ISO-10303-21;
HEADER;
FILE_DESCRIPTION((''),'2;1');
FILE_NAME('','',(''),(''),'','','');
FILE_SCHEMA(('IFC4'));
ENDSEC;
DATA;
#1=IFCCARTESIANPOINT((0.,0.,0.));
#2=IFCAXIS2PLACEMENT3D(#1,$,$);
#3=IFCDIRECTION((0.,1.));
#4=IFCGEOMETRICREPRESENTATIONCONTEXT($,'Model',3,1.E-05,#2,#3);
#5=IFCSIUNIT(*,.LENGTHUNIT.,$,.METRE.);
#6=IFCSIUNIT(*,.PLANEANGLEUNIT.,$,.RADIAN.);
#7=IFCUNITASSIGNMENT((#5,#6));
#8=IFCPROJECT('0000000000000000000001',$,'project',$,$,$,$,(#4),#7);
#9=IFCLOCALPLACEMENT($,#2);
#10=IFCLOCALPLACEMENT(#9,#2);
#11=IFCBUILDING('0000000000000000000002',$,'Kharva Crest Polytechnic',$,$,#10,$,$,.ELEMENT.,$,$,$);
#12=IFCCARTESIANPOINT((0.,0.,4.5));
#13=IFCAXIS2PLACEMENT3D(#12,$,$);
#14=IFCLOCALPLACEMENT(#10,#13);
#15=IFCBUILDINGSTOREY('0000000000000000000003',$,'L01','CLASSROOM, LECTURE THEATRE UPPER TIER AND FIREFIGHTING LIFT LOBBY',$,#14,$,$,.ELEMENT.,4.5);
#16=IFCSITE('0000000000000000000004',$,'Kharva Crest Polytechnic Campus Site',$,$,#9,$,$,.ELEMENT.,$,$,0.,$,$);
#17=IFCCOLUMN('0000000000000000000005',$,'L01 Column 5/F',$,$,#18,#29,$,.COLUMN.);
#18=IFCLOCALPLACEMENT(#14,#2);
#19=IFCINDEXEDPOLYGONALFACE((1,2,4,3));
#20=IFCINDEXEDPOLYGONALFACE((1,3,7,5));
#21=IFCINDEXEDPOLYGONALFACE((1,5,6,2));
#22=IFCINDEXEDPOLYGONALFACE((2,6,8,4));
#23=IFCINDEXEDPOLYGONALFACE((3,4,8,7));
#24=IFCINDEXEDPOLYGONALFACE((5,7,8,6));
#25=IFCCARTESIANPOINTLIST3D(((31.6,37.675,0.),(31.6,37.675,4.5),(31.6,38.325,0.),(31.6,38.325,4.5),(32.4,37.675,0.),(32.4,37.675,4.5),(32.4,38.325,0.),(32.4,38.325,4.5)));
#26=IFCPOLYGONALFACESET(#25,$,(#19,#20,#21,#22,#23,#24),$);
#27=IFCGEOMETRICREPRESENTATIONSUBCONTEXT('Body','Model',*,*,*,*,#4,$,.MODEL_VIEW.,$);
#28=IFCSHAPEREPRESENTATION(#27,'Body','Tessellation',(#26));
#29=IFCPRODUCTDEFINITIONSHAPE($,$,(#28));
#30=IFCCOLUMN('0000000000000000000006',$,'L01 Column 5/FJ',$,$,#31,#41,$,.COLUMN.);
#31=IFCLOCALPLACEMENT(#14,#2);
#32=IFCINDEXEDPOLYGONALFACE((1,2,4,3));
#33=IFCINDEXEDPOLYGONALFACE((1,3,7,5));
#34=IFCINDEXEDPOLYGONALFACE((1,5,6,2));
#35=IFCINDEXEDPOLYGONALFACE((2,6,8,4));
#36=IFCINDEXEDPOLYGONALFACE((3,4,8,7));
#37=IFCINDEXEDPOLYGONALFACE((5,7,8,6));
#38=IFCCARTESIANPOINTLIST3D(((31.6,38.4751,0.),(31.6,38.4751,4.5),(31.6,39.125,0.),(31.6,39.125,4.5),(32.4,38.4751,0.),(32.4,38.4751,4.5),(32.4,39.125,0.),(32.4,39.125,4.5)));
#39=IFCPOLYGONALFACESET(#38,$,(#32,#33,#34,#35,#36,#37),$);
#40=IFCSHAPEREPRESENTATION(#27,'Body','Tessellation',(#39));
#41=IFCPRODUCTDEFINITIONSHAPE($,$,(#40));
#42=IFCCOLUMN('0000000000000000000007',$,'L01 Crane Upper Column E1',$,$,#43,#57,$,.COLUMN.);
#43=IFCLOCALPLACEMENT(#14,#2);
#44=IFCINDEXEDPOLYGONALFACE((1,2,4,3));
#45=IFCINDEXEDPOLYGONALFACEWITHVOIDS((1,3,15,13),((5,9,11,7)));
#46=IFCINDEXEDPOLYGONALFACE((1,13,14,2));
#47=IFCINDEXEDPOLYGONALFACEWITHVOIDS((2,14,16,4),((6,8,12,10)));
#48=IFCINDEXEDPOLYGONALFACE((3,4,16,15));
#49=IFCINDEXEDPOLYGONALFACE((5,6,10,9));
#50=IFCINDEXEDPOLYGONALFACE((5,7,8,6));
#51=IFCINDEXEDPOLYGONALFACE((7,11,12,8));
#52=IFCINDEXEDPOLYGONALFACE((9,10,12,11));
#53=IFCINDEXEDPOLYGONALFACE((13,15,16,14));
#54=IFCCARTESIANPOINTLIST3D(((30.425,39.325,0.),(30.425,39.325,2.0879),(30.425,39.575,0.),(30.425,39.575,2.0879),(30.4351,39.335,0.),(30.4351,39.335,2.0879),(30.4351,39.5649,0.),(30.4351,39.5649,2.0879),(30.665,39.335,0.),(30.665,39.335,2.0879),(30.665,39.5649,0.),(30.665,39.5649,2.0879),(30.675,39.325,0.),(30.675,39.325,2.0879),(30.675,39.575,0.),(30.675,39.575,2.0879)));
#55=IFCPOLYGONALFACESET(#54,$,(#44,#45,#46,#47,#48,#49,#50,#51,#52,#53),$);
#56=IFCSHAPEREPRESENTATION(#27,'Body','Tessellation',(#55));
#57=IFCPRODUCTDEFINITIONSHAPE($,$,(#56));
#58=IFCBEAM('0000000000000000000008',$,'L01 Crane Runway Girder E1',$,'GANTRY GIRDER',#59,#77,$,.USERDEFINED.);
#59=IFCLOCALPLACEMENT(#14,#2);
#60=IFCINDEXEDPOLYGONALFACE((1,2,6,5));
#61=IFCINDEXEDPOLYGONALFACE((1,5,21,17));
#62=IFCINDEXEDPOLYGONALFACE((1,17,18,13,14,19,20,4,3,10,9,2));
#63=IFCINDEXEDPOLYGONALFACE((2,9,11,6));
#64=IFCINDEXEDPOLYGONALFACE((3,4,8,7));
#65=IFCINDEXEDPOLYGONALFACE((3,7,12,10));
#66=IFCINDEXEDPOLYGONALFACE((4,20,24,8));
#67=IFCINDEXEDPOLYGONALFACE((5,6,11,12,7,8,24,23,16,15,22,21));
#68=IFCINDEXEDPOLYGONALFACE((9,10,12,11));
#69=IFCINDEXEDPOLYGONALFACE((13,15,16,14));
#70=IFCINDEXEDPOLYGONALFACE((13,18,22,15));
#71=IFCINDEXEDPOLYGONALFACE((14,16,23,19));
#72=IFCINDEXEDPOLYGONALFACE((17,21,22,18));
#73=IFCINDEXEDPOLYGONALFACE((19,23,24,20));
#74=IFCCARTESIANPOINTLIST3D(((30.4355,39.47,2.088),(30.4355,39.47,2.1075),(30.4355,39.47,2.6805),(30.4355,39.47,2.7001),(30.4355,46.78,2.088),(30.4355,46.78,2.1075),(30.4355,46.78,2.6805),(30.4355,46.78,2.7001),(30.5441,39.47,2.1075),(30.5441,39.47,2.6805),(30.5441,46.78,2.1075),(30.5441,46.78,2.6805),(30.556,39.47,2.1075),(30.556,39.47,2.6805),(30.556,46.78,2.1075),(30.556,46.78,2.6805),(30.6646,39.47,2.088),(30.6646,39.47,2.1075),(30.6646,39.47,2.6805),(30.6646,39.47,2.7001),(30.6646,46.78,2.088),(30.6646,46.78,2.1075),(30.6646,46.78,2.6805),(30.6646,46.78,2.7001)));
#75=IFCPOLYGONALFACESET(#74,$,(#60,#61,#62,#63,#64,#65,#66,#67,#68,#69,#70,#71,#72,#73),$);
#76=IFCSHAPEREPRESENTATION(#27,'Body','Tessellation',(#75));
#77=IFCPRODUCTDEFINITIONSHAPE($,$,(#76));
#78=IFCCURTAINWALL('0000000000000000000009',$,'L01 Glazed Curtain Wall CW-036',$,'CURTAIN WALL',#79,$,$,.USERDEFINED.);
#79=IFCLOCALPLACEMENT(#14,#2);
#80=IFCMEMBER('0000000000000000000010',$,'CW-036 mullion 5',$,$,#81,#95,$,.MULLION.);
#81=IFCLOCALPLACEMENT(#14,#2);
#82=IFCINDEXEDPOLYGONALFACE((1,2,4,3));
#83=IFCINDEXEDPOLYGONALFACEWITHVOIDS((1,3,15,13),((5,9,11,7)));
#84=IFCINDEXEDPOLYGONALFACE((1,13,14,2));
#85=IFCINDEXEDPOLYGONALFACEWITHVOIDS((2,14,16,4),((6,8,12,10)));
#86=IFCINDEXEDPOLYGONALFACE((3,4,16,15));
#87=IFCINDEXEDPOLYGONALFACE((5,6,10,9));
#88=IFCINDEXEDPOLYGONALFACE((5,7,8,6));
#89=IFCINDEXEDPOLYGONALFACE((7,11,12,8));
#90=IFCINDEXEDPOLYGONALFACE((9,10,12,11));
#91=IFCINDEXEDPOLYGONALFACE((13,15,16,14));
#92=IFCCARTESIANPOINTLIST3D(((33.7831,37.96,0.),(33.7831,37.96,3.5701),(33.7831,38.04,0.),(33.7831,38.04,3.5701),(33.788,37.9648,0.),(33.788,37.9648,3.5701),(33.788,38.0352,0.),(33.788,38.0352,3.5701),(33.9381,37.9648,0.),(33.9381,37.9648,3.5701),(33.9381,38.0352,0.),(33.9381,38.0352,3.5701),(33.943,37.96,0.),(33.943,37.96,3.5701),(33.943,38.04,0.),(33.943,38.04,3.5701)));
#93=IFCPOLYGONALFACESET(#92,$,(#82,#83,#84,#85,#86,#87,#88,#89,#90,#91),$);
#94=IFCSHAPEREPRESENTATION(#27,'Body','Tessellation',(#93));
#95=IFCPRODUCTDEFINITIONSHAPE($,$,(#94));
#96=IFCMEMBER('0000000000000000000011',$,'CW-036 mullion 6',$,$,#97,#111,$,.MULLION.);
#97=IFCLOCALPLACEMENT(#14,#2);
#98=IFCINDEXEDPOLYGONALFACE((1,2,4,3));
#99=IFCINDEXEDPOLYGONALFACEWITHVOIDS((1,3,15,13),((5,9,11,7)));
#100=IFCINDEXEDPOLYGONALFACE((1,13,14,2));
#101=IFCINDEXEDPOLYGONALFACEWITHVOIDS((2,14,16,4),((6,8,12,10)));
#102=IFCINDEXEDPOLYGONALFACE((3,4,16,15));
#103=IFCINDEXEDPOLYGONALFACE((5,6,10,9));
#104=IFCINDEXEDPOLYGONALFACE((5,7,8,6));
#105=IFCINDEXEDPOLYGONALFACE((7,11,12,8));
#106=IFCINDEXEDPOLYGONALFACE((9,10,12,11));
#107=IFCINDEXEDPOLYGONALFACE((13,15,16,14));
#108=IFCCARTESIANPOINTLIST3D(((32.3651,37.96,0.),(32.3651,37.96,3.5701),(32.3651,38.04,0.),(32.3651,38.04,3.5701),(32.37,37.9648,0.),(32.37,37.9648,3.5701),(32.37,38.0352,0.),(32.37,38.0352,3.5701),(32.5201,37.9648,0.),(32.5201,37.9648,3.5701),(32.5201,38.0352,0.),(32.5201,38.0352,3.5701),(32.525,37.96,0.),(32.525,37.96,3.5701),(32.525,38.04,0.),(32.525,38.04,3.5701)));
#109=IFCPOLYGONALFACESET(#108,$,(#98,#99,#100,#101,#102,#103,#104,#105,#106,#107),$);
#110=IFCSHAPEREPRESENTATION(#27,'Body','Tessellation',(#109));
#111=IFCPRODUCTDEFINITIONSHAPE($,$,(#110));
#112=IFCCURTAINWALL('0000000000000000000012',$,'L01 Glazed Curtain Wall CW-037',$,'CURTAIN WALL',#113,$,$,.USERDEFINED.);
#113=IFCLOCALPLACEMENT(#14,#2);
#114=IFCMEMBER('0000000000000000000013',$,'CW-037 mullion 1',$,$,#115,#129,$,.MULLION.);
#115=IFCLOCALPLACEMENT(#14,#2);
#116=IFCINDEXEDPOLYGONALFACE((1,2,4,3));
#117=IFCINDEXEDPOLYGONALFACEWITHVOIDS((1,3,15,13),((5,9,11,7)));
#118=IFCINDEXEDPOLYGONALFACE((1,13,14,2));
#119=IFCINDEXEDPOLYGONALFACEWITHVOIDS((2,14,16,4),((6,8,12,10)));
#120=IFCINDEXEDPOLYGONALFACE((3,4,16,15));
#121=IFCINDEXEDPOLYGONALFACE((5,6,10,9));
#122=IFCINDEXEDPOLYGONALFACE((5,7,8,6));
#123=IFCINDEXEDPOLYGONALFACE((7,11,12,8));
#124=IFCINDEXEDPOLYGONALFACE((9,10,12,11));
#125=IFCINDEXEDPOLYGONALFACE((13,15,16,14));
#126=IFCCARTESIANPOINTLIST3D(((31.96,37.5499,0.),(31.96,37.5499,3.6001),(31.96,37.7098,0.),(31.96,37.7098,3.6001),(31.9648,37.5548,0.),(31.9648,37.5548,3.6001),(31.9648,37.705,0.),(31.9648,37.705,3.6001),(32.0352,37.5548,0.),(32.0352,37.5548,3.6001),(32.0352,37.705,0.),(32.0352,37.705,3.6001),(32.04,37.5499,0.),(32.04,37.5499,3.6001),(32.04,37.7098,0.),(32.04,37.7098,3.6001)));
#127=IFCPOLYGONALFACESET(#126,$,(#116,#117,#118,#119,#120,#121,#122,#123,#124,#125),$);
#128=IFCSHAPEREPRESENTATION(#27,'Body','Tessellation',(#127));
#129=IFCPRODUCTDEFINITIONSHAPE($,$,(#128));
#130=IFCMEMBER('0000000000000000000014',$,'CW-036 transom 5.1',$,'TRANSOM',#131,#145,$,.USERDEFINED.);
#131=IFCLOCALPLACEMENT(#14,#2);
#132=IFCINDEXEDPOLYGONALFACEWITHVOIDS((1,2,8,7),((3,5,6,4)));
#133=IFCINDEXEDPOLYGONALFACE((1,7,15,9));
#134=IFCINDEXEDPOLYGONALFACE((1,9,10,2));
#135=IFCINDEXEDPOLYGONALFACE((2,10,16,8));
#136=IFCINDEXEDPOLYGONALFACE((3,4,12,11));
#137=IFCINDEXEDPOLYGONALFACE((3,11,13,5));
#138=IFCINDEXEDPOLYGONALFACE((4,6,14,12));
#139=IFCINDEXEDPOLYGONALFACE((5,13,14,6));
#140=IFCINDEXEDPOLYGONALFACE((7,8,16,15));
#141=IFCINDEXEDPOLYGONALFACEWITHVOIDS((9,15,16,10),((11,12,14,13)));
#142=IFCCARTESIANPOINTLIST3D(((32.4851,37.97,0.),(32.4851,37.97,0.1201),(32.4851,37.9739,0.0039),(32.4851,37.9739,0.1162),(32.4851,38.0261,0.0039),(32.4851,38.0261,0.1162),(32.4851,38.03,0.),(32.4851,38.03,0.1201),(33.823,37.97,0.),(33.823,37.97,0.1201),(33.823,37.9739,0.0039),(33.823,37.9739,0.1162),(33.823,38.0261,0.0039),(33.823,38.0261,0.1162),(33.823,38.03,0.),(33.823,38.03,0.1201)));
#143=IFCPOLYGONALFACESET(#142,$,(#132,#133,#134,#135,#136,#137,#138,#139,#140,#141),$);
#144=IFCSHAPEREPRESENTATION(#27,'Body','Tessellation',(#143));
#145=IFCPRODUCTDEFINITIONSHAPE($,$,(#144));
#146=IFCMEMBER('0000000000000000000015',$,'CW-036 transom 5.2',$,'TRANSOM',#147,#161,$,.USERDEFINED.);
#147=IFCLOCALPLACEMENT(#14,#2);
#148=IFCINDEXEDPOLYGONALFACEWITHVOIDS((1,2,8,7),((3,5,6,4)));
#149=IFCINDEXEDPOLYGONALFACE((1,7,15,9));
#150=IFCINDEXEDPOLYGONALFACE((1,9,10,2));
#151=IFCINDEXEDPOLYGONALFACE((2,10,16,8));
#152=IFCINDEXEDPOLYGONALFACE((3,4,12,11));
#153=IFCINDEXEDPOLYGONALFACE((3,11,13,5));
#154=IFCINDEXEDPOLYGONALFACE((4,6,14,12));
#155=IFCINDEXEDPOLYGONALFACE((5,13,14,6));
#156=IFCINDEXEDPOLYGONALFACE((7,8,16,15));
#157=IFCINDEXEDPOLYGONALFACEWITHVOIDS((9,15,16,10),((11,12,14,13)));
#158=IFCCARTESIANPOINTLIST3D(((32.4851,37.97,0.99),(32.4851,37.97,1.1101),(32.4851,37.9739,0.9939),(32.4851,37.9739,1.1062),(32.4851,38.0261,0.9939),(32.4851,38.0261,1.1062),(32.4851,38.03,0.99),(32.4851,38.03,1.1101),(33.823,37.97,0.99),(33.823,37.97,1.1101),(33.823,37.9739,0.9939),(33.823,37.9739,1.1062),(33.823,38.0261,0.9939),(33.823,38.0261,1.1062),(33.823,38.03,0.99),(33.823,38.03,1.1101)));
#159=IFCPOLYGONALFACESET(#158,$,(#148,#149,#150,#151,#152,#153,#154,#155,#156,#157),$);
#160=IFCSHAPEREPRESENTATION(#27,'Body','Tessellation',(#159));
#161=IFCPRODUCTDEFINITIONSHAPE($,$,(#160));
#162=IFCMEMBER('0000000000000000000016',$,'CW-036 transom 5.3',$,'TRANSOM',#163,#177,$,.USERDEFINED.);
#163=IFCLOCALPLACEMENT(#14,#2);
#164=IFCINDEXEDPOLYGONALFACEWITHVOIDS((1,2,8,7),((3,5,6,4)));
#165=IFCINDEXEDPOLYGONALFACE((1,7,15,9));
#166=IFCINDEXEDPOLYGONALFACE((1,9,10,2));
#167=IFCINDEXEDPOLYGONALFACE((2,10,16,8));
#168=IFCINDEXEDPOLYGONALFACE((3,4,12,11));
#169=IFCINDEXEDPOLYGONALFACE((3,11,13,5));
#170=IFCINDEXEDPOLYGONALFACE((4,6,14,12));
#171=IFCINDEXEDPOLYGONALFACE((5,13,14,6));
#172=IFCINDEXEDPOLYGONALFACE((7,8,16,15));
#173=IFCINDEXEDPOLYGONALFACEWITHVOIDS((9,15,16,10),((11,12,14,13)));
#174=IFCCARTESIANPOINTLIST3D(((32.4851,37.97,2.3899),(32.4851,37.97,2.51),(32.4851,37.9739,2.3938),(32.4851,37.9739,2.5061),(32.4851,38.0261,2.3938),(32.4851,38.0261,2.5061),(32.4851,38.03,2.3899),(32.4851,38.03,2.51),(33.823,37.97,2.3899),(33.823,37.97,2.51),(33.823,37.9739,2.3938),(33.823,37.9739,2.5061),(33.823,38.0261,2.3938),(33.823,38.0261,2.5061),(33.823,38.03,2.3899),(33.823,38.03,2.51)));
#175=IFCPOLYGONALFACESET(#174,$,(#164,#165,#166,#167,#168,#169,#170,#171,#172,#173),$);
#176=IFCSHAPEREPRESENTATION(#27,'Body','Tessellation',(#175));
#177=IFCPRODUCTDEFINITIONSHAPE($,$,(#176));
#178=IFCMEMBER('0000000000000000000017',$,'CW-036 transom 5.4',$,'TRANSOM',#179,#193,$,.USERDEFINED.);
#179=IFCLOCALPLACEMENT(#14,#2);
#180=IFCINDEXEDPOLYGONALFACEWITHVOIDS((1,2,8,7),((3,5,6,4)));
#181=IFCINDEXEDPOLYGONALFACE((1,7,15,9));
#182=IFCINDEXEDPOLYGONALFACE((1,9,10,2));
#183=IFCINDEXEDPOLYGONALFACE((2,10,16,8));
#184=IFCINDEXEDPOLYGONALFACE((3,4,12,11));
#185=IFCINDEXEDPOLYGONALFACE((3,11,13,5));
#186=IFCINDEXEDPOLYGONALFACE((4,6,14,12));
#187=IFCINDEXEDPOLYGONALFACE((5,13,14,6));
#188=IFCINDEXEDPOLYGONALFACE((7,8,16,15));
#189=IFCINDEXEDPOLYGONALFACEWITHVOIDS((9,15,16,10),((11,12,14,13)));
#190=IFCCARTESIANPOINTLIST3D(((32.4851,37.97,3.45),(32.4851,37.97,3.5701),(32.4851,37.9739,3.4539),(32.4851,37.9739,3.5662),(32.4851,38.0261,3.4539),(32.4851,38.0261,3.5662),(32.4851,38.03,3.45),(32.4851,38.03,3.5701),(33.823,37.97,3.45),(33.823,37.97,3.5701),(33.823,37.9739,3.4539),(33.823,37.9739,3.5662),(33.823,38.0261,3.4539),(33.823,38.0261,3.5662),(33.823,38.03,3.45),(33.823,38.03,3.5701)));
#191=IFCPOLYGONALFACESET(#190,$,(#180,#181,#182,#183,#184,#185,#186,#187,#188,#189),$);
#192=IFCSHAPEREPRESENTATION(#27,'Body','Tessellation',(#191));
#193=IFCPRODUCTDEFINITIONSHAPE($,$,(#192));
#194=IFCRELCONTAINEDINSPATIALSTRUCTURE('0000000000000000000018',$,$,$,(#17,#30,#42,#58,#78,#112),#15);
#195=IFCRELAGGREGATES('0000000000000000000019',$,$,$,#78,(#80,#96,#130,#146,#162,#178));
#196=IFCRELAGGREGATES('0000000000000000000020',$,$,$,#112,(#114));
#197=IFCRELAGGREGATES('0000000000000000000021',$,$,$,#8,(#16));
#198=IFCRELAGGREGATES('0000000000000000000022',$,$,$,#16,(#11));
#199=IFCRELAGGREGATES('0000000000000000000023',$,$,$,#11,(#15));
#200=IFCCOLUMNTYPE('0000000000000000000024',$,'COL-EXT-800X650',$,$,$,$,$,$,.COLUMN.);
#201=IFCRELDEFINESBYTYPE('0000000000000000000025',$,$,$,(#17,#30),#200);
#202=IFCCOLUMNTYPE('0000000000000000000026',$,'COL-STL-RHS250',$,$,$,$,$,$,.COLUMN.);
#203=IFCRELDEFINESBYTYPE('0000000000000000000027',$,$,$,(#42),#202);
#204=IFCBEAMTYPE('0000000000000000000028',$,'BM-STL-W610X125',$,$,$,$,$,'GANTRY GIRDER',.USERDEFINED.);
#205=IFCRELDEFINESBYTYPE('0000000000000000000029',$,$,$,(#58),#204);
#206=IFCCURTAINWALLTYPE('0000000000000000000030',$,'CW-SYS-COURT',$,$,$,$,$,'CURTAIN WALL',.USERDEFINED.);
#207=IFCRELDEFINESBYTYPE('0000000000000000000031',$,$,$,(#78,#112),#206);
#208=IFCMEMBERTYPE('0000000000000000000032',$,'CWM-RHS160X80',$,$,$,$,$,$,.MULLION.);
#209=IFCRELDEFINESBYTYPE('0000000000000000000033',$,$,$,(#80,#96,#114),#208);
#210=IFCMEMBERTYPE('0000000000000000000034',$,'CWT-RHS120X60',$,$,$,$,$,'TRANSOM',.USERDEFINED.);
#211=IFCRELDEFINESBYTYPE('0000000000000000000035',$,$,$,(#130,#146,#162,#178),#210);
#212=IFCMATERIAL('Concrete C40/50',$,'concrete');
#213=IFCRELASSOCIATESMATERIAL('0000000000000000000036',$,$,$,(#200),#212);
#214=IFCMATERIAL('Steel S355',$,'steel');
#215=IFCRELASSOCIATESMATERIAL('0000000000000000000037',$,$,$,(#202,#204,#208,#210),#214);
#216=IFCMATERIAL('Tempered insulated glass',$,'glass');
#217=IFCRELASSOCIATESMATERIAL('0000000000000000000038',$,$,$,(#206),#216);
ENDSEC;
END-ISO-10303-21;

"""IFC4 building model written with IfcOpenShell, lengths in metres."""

from ifc_helpers import new_model, si_unit, direction, frame, origin, origin_2d, place, context, subcontext, project, spatial, rectangle, hollow_rectangle, i_section, extrude, material, material_profile, profile_set, type_object, element, aggregate, save


model = new_model("IFC4")

# Units and contexts
model_context = context("Model", 3, precision=1e-05, world=origin(), true_north=direction((0.0, 1.0)))
body_context = subcontext(model_context, "Body", "Model", "MODEL_VIEW")
ifc_project = project(units=[si_unit("LENGTHUNIT", "METRE"), si_unit("PLANEANGLEUNIT", "RADIAN")], contexts=[model_context])

# Site, building, storey
site_placement = place(None, origin())
site = spatial("IfcSite", under=ifc_project, at=site_placement, Name="Kharva Crest Polytechnic Campus Site", CompositionType="ELEMENT", RefElevation=0.0)
building_placement = place(site_placement, origin())
building = spatial("IfcBuilding", under=site, at=building_placement, Name="Kharva Crest Polytechnic", CompositionType="ELEMENT")
storey_placement = place(building_placement, frame((0.0, 0.0, 4.5)))
storey = spatial("IfcBuildingStorey", under=building, at=storey_placement, Name="L01", Description="CLASSROOM, LECTURE THEATRE UPPER TIER AND FIREFIGHTING LIFT LOBBY", CompositionType="ELEMENT", Elevation=4.5)

# Columns
ifc_material_1 = material(Name="Concrete C40/50", Category="concrete")
ifc_material_profile_1 = material_profile(ifc_material_1, rectangle(XDim=0.8, YDim=0.6499, at=origin_2d()), Name="RECT 800 X 650")
ifc_profile_set_1 = profile_set([ifc_material_profile_1], Name="Concrete C40/50")
column_type_1 = type_object("IfcColumnType", Name="COL-EXT-800X650", PredefinedType="COLUMN", material=ifc_profile_set_1)
for number, where, z_axis, x_axis, name in (
    (1, (32.0, 38.0, 0.0), (0.0, 0.0, 1.0), (1.0, 0.0, 0.0), "L01 Column 5/F"),
    (2, (32.0, 38.8, 0.0), (0.0, 0.0, 1.0), (1.0, 0.0, 0.0), "L01 Column 5/FJ"),
):
    element("IfcColumn", number, at=place(storey_placement, frame(where, z_axis=z_axis, x_axis=x_axis)), inside=storey, type_object=column_type_1, Name=name, PredefinedType="COLUMN", context=body_context, shape_type="SweptSolid", body=[
        extrude(rectangle(XDim=0.8, YDim=0.6499, at=origin_2d()), origin(), (0.0, 0.0, 1.0), 4.5),
    ])
ifc_material_2 = material(Name="Steel S355", Category="steel")
ifc_material_profile_2 = material_profile(ifc_material_2, hollow_rectangle(XDim=0.25, YDim=0.25, WallThickness=0.01, at=origin_2d()), Name="RHS 250X250X10.0")
ifc_profile_set_2 = profile_set([ifc_material_profile_2], Name="Steel S355")
column_type_2 = type_object("IfcColumnType", Name="COL-STL-RHS250", PredefinedType="COLUMN", material=ifc_profile_set_2)
column_placement = place(storey_placement, frame((30.55, 39.45, 0.0), z_axis=(0.0, 0.0, 1.0), x_axis=(1.0, 0.0, 0.0)))
element("IfcColumn", 3, at=column_placement, inside=storey, type_object=column_type_2, Name="L01 Crane Upper Column E1", PredefinedType="COLUMN", context=body_context, shape_type="SweptSolid", body=[
    extrude(hollow_rectangle(XDim=0.25, YDim=0.25, WallThickness=0.01, at=origin_2d()), origin(), (0.0, 0.0, 1.0), 2.0879),
])

# Beam
ifc_material_profile_3 = material_profile(ifc_material_2, i_section(OverallWidth=0.229, OverallDepth=0.6121, WebThickness=0.012, FlangeThickness=0.0195, at=origin_2d()), Name="W610X125")
ifc_profile_set_3 = profile_set([ifc_material_profile_3], Name="Steel S355")
beam_type_1 = type_object("IfcBeamType", Name="BM-STL-W610X125", ElementType="GANTRY GIRDER", PredefinedType="USERDEFINED", material=ifc_profile_set_3)
beam_1_placement = place(storey_placement, frame((30.55, 39.47, 2.394), z_axis=(0.0, 1.0, 0.0), x_axis=(-1.0, 0.0, 0.0)))
element("IfcBeam", 4, at=beam_1_placement, inside=storey, type_object=beam_type_1, Name="L01 Crane Runway Girder E1", ObjectType="GANTRY GIRDER", PredefinedType="USERDEFINED", context=body_context, shape_type="SweptSolid", body=[
    extrude(i_section(OverallWidth=0.229, OverallDepth=0.6121, WebThickness=0.012, FlangeThickness=0.0195, at=origin_2d()), origin(), (0.0, 0.0, 1.0), 7.3101),
])

# Curtain wall, members
ifc_material_3 = material(Name="Tempered insulated glass", Category="glass")
curtain_wall_type = type_object("IfcCurtainWallType", Name="CW-SYS-COURT", ElementType="CURTAIN WALL", PredefinedType="USERDEFINED", material=ifc_material_3)
curtain_wall_1_placement = place(storey_placement, origin())
curtain_wall_1 = element("IfcCurtainWall", 5, at=curtain_wall_1_placement, inside=storey, type_object=curtain_wall_type, Name="L01 Glazed Curtain Wall CW-036", ObjectType="CURTAIN WALL", PredefinedType="USERDEFINED")
ifc_material_profile_4 = material_profile(ifc_material_2, hollow_rectangle(XDim=0.0801, YDim=0.1599, WallThickness=0.0049, at=origin_2d()), Name="RHS 160X80X5.0")
ifc_profile_set_4 = profile_set([ifc_material_profile_4], Name="Steel S355")
member_type_1 = type_object("IfcMemberType", Name="CWM-RHS160X80", PredefinedType="MULLION", material=ifc_profile_set_4)
member_1_placement = place(storey_placement, frame((33.863, 38.0, 0.0), z_axis=(0.0, 0.0, 1.0), x_axis=(0.0, -1.0, 0.0)))
member_1 = element("IfcMember", 6, at=member_1_placement, type_object=member_type_1, Name="CW-036 mullion 5", PredefinedType="MULLION", context=body_context, shape_type="SweptSolid", body=[
    extrude(hollow_rectangle(XDim=0.0801, YDim=0.1599, WallThickness=0.0049, at=origin_2d()), origin(), (0.0, 0.0, 1.0), 3.5701),
])
member_2_placement = place(storey_placement, frame((32.4451, 38.0, 0.0), z_axis=(0.0, 0.0, 1.0), x_axis=(0.0, -1.0, 0.0)))
member_2 = element("IfcMember", 7, at=member_2_placement, type_object=member_type_1, Name="CW-036 mullion 6", PredefinedType="MULLION", context=body_context, shape_type="SweptSolid", body=[
    extrude(hollow_rectangle(XDim=0.0801, YDim=0.1599, WallThickness=0.0049, at=origin_2d()), origin(), (0.0, 0.0, 1.0), 3.5701),
])

# Curtain wall, member
curtain_wall_2_placement = place(storey_placement, origin())
curtain_wall_2 = element("IfcCurtainWall", 8, at=curtain_wall_2_placement, inside=storey, type_object=curtain_wall_type, Name="L01 Glazed Curtain Wall CW-037", ObjectType="CURTAIN WALL", PredefinedType="USERDEFINED")
member_3_placement = place(storey_placement, frame((32.0, 37.6299, 0.0), z_axis=(0.0, 0.0, 1.0), x_axis=(1.0, 0.0, 0.0)))
member_3 = element("IfcMember", 9, at=member_3_placement, type_object=member_type_1, Name="CW-037 mullion 1", PredefinedType="MULLION", context=body_context, shape_type="SweptSolid", body=[
    extrude(hollow_rectangle(XDim=0.0801, YDim=0.1599, WallThickness=0.0049, at=origin_2d()), origin(), (0.0, 0.0, 1.0), 3.6001),
])

# Members
ifc_material_profile_5 = material_profile(ifc_material_2, hollow_rectangle(XDim=0.0601, YDim=0.1201, WallThickness=0.0039, at=origin_2d()), Name="RHS 120X60X4.0")
ifc_profile_set_5 = profile_set([ifc_material_profile_5], Name="Steel S355")
member_type_2 = type_object("IfcMemberType", Name="CWT-RHS120X60", ElementType="TRANSOM", PredefinedType="USERDEFINED", material=ifc_profile_set_5)
member_4_placement = place(storey_placement, frame((33.823, 38.0, 0.0601), z_axis=(-1.0, 0.0, 0.0), x_axis=(0.0, -1.0, 0.0)))
member_4 = element("IfcMember", 10, at=member_4_placement, type_object=member_type_2, Name="CW-036 transom 5.1", ObjectType="TRANSOM", PredefinedType="USERDEFINED", context=body_context, shape_type="SweptSolid", body=[
    extrude(hollow_rectangle(XDim=0.0601, YDim=0.1201, WallThickness=0.0039, at=origin_2d()), origin(), (0.0, 0.0, 1.0), 1.3379),
])
member_5_placement = place(storey_placement, frame((33.823, 38.0, 1.05), z_axis=(-1.0, 0.0, 0.0), x_axis=(0.0, -1.0, 0.0)))
member_5 = element("IfcMember", 11, at=member_5_placement, type_object=member_type_2, Name="CW-036 transom 5.2", ObjectType="TRANSOM", PredefinedType="USERDEFINED", context=body_context, shape_type="SweptSolid", body=[
    extrude(hollow_rectangle(XDim=0.0601, YDim=0.1201, WallThickness=0.0039, at=origin_2d()), origin(), (0.0, 0.0, 1.0), 1.3379),
])
member_6_placement = place(storey_placement, frame((33.823, 38.0, 2.45), z_axis=(-1.0, 0.0, 0.0), x_axis=(0.0, -1.0, 0.0)))
member_6 = element("IfcMember", 12, at=member_6_placement, type_object=member_type_2, Name="CW-036 transom 5.3", ObjectType="TRANSOM", PredefinedType="USERDEFINED", context=body_context, shape_type="SweptSolid", body=[
    extrude(hollow_rectangle(XDim=0.0601, YDim=0.1201, WallThickness=0.0039, at=origin_2d()), origin(), (0.0, 0.0, 1.0), 1.3379),
])
member_7_placement = place(storey_placement, frame((33.823, 38.0, 3.51), z_axis=(-1.0, 0.0, 0.0), x_axis=(0.0, -1.0, 0.0)))
member_7 = element("IfcMember", 13, at=member_7_placement, type_object=member_type_2, Name="CW-036 transom 5.4", ObjectType="TRANSOM", PredefinedType="USERDEFINED", context=body_context, shape_type="SweptSolid", body=[
    extrude(hollow_rectangle(XDim=0.0601, YDim=0.1201, WallThickness=0.0039, at=origin_2d()), origin(), (0.0, 0.0, 1.0), 1.3379),
])

aggregate(curtain_wall_1, [member_1, member_2, member_4, member_5, member_6, member_7])
aggregate(curtain_wall_2, [member_3])

save(model, "model.ifc")
